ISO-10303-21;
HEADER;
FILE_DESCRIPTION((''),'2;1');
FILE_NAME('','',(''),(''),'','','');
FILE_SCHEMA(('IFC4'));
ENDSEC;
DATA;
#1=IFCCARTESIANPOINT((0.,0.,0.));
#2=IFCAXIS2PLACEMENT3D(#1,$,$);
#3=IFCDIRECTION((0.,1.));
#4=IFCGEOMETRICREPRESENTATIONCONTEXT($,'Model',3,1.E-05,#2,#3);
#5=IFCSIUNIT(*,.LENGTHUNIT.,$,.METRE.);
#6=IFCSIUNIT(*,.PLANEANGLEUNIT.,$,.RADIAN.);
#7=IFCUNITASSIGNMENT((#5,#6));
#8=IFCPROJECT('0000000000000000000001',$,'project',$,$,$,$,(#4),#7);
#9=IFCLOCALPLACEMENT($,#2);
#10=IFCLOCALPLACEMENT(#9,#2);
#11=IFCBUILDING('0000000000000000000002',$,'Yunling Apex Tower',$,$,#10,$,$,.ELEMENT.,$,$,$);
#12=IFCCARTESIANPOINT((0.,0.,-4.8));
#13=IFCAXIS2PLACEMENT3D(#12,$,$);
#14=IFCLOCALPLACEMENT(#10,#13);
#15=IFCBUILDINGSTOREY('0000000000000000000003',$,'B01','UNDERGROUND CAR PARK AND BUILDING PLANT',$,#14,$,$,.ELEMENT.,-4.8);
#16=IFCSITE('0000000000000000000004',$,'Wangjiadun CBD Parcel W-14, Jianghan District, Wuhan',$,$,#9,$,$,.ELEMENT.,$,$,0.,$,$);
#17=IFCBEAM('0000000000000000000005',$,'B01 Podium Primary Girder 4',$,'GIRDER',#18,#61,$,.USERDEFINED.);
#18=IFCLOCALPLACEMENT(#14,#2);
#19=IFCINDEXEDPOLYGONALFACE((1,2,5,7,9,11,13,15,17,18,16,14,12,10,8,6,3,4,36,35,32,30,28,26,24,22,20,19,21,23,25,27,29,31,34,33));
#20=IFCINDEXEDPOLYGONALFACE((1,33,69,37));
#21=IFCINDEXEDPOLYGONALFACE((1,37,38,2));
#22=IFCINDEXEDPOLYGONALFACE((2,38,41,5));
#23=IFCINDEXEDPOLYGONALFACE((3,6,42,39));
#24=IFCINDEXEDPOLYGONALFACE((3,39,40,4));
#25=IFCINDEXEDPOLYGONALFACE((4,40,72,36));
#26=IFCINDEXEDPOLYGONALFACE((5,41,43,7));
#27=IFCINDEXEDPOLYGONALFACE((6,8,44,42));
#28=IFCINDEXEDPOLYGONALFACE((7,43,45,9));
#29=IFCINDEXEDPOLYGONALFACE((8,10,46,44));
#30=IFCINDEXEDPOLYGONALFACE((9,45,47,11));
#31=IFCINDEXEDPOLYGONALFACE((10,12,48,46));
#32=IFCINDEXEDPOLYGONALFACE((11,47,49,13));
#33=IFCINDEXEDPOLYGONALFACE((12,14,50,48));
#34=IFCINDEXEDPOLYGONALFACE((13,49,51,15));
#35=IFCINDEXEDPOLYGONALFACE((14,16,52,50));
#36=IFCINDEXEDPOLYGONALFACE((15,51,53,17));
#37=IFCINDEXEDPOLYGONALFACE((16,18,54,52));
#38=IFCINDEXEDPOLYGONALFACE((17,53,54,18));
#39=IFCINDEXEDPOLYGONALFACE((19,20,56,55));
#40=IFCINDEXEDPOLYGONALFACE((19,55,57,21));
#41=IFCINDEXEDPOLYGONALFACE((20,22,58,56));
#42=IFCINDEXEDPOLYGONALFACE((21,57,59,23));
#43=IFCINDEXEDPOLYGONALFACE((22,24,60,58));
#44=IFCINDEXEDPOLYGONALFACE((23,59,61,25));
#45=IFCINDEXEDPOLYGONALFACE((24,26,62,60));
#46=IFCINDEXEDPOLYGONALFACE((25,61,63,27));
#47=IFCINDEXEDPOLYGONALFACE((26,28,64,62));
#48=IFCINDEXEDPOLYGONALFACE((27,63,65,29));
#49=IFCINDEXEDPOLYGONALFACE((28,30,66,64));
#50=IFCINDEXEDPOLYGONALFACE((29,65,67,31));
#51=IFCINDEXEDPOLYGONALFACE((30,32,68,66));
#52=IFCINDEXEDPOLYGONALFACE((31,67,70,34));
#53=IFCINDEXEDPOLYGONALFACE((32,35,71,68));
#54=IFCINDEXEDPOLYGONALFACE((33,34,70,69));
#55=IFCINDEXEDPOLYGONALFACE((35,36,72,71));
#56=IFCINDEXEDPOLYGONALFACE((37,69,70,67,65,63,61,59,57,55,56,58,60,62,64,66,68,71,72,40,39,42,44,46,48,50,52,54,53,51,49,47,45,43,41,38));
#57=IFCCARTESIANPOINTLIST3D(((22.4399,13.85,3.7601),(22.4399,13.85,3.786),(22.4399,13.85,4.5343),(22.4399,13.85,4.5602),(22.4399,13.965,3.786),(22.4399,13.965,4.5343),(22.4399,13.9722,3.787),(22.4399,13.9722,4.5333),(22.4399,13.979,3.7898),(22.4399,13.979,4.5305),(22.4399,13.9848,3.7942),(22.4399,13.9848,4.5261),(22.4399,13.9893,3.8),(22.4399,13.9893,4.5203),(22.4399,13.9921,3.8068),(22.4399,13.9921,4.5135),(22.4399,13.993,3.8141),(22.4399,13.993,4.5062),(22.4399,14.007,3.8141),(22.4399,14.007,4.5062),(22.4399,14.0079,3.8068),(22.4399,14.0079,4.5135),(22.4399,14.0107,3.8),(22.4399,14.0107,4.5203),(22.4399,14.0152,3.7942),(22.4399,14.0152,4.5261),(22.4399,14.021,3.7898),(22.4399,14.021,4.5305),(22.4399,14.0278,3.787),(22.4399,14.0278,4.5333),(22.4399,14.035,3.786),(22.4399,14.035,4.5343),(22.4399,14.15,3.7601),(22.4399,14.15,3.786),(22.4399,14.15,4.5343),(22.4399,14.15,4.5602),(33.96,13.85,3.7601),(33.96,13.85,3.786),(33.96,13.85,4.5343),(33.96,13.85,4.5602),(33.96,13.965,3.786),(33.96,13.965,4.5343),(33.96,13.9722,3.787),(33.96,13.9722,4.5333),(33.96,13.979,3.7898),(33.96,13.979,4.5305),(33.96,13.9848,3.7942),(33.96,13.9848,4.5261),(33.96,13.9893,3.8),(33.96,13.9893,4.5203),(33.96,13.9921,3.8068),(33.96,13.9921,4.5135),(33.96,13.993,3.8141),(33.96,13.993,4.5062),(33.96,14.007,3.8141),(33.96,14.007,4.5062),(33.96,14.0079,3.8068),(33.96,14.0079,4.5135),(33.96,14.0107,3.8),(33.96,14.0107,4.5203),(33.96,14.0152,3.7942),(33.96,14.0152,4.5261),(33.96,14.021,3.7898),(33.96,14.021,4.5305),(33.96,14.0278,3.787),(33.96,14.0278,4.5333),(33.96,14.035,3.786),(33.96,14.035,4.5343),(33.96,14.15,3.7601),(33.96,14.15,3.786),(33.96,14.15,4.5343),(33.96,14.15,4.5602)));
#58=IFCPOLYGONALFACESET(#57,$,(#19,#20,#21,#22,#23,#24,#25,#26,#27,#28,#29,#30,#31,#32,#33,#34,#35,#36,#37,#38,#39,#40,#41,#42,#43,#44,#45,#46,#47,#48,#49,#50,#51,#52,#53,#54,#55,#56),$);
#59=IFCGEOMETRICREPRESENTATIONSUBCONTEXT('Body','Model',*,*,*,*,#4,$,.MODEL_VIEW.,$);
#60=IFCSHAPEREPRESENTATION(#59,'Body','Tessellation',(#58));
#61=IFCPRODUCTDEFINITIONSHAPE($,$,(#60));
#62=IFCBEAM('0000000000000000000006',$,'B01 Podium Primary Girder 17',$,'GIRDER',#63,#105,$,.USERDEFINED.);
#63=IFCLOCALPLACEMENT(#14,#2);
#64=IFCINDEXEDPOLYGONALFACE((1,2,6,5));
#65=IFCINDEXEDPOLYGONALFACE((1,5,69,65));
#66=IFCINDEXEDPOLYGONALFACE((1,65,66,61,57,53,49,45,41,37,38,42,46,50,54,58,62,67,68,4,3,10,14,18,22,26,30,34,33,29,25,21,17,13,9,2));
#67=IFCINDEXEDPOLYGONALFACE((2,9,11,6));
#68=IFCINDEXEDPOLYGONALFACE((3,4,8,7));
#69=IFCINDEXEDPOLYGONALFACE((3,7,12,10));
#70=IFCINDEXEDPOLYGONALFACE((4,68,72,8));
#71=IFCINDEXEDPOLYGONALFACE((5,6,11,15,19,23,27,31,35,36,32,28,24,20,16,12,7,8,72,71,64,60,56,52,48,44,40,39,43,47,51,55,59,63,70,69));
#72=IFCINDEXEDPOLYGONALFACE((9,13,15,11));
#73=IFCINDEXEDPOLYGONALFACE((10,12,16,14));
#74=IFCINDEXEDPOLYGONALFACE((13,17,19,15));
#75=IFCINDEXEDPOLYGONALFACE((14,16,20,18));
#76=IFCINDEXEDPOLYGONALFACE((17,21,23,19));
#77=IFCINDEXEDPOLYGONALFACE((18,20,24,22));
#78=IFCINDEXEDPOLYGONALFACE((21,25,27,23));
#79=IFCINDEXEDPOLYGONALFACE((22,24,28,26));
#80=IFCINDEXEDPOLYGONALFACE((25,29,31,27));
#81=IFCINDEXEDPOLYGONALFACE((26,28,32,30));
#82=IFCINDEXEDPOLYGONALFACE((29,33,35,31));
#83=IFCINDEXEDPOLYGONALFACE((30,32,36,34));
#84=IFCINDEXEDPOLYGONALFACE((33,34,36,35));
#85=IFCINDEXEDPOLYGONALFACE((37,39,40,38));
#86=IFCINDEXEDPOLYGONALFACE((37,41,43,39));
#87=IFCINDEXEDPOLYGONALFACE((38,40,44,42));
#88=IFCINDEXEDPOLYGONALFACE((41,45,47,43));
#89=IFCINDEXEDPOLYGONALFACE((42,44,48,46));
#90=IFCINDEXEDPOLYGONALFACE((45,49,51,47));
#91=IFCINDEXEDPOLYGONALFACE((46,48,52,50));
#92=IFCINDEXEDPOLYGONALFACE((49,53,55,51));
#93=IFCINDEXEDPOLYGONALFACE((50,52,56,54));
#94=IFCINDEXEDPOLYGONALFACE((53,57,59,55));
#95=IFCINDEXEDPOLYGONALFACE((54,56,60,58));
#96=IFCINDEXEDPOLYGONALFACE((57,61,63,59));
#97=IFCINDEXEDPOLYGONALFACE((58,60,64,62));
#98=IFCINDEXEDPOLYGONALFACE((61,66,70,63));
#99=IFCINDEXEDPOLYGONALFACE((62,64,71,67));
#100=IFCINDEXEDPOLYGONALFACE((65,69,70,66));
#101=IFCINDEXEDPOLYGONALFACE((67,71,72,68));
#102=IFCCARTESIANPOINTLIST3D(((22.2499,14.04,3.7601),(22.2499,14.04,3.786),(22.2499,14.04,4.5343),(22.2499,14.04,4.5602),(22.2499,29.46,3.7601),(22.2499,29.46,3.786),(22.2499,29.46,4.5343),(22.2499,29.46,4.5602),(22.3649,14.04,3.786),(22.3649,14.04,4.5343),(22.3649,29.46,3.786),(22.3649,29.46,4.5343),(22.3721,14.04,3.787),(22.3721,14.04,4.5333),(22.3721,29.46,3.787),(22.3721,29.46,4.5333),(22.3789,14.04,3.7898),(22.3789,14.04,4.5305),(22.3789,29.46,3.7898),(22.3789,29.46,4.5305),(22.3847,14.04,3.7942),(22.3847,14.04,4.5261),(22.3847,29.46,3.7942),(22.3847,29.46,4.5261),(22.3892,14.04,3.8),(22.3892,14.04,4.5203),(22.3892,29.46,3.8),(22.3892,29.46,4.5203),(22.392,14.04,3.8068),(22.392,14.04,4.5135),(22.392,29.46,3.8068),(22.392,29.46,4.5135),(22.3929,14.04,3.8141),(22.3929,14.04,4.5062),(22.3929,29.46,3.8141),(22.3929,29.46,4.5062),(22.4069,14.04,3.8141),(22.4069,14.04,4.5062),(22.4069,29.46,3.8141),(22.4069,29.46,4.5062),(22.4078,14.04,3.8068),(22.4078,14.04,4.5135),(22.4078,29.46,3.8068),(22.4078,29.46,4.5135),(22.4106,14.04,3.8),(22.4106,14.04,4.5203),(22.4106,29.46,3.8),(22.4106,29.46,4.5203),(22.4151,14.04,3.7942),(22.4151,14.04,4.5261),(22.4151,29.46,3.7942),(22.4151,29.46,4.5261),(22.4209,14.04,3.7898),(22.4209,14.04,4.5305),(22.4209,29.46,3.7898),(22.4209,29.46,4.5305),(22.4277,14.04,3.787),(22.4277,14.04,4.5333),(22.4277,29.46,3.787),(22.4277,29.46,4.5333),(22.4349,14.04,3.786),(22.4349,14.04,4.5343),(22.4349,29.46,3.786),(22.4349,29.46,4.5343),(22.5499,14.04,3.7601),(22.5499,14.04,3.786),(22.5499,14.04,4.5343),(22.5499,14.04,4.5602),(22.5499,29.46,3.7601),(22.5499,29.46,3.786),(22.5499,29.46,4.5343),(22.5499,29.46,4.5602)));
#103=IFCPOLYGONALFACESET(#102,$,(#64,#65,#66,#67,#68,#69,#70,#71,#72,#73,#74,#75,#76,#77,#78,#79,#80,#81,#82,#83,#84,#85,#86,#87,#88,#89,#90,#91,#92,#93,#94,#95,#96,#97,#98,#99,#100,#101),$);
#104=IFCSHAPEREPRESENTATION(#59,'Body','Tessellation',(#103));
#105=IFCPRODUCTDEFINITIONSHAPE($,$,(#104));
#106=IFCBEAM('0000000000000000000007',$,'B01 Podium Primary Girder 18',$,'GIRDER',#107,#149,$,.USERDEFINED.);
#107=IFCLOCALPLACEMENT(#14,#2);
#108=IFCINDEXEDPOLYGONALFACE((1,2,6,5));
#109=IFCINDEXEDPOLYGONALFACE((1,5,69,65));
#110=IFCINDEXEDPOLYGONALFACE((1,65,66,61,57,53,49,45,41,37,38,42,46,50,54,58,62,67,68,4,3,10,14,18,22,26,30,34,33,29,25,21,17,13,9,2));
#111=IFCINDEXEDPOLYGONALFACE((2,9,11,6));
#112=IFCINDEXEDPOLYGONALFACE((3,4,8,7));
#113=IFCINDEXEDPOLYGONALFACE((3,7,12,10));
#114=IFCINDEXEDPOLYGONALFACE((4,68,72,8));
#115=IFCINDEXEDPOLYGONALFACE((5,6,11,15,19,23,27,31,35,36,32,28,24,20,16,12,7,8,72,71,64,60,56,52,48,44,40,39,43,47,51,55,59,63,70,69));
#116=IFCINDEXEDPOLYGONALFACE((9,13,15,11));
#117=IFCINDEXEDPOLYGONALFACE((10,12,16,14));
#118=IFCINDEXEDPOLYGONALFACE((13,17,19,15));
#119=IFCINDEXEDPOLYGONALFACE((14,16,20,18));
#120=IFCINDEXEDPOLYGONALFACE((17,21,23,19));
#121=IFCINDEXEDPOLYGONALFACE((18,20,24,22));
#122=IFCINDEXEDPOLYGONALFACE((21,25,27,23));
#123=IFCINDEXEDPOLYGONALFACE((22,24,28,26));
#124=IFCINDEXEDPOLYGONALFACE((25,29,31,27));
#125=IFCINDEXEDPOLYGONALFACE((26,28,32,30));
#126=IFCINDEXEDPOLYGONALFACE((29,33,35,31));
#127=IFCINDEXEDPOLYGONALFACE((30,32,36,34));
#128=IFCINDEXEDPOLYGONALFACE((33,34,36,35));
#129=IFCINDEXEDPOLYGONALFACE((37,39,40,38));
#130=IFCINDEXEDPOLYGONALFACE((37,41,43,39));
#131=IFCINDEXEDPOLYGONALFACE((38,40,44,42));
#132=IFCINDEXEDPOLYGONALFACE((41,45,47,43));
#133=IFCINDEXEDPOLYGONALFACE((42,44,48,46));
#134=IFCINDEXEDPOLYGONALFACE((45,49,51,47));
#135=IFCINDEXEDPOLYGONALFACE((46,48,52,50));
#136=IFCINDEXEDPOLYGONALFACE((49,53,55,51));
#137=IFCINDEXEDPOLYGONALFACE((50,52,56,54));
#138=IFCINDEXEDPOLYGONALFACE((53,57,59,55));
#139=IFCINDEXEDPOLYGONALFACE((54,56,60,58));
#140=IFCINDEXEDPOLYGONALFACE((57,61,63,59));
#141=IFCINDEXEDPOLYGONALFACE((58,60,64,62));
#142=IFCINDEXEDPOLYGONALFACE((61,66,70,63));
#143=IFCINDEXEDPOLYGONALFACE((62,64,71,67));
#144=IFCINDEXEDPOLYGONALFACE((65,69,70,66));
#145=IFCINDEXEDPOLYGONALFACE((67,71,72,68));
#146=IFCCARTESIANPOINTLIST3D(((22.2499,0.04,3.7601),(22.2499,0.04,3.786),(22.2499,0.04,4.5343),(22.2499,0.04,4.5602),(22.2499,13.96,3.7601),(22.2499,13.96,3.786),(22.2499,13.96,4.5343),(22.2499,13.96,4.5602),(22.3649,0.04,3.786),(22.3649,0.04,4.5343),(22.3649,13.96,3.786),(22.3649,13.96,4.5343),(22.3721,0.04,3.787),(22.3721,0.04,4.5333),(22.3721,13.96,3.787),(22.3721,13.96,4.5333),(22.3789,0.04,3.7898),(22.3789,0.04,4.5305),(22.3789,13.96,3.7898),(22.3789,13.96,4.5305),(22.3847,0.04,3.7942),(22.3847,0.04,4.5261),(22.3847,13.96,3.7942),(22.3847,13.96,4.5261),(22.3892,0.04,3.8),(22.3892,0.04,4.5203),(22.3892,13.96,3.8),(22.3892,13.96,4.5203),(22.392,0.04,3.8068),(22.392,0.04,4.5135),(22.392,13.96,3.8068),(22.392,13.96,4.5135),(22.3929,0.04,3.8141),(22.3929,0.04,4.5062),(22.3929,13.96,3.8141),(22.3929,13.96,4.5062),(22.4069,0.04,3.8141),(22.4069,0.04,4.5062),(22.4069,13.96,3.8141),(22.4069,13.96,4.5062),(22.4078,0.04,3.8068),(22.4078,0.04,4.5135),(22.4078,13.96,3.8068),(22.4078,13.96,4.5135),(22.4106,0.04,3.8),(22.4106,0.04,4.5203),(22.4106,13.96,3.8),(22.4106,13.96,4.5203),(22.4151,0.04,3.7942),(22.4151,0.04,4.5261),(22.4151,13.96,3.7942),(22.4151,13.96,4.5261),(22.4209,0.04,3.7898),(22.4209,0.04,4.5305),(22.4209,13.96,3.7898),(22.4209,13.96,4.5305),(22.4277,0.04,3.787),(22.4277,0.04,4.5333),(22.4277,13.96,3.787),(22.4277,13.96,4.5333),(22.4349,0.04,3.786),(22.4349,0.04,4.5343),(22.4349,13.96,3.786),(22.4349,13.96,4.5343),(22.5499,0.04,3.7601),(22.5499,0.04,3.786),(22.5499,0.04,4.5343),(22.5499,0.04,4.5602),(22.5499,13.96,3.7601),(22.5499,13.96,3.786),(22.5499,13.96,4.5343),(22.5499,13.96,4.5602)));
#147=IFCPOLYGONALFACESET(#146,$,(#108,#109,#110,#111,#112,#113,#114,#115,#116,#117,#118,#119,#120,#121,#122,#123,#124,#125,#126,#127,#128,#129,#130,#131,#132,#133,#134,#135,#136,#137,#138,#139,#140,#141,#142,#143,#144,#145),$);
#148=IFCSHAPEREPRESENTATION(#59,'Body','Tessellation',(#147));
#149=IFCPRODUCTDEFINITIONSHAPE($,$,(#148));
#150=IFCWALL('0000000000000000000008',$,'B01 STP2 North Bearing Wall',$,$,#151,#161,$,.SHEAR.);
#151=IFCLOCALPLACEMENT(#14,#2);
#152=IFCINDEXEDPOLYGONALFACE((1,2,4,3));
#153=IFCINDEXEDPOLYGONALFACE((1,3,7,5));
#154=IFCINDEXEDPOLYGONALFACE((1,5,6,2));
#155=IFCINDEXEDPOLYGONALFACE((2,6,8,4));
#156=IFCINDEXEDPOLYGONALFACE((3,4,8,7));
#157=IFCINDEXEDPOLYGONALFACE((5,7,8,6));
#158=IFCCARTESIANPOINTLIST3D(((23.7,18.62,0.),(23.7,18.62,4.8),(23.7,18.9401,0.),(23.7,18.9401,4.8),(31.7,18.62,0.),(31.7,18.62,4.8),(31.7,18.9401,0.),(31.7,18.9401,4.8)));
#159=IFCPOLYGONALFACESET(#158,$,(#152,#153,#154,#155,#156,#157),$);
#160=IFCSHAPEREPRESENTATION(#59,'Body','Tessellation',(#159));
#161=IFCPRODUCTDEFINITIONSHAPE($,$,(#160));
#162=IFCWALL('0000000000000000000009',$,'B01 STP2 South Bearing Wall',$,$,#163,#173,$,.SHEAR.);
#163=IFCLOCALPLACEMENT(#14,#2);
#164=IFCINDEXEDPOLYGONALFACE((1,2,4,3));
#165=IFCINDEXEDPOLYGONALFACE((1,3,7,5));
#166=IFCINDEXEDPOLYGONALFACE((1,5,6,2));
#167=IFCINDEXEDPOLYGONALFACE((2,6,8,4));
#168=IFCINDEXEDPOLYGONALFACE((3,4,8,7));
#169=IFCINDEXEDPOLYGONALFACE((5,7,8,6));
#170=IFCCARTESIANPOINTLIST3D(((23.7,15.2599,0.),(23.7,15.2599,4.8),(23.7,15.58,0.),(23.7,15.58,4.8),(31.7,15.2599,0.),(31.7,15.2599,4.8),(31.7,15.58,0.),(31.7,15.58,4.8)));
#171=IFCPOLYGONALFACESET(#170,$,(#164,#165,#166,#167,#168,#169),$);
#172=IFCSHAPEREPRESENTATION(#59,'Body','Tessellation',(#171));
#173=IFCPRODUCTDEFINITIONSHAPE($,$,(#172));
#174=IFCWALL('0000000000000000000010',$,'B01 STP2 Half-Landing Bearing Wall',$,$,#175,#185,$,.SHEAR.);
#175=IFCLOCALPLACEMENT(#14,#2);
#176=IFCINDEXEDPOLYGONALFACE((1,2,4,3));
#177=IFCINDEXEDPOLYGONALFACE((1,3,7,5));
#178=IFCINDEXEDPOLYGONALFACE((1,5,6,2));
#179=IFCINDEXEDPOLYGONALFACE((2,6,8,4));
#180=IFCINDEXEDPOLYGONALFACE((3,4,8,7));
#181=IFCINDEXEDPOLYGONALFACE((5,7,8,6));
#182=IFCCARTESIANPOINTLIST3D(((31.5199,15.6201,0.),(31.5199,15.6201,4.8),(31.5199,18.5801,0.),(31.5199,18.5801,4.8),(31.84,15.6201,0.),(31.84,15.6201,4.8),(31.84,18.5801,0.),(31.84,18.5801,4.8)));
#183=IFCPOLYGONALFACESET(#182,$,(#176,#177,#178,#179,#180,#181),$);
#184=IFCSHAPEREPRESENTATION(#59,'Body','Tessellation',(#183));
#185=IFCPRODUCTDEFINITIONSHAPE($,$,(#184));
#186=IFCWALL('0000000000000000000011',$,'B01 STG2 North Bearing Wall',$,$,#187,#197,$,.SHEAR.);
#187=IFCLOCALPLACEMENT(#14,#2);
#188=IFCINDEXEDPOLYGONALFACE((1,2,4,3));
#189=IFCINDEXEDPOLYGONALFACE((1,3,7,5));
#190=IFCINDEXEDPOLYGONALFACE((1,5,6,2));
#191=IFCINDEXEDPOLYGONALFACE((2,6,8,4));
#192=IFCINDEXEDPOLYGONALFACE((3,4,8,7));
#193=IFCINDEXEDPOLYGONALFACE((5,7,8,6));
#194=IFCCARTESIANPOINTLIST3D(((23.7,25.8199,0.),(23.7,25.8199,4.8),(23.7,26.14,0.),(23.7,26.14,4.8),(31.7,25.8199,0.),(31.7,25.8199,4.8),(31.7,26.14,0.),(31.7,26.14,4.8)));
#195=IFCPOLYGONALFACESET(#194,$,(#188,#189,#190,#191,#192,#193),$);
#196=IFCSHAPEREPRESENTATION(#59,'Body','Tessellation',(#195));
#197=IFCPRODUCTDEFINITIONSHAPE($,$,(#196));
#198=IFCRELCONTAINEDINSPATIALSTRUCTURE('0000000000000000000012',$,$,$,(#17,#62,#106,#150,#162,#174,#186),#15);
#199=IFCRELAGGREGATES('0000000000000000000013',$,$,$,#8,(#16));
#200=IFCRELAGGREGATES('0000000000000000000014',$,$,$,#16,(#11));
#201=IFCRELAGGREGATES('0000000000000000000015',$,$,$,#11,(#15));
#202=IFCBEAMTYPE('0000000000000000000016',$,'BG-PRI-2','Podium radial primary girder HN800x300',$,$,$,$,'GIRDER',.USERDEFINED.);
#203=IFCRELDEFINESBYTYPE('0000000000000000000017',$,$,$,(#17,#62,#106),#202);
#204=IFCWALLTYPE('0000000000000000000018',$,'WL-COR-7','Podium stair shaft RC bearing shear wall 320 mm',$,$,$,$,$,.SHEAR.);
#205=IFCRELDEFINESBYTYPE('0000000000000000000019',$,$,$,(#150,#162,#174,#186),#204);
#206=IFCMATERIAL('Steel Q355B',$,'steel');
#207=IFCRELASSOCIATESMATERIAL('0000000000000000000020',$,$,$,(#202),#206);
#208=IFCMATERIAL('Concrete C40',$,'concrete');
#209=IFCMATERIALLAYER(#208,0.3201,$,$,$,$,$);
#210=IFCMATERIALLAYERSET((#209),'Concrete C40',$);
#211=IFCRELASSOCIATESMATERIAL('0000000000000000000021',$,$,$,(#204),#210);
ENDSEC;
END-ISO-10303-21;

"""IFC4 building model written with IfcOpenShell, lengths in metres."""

from ifc_helpers import new_model, si_unit, direction, frame, frame_2d, origin, origin_2d, place, context, subcontext, project, spatial, rectangle, i_section, extrude, source, transform, mapped, material, layer, layer_set, material_profile, profile_set, type_object, element, save


model = new_model("IFC4")

# Units and contexts
model_context = context("Model", 3, precision=1e-05, world=origin(), true_north=direction((0.0, 1.0)))
body_context = subcontext(model_context, "Body", "Model", "MODEL_VIEW")
ifc_project = project(units=[si_unit("LENGTHUNIT", "METRE"), si_unit("PLANEANGLEUNIT", "RADIAN")], contexts=[model_context])

# Site, building, storey
site_placement = place(None, origin())
site = spatial("IfcSite", under=ifc_project, at=site_placement, Name="Wangjiadun CBD Parcel W-14, Jianghan District, Wuhan", CompositionType="ELEMENT", RefElevation=0.0)
building_placement = place(site_placement, origin())
building = spatial("IfcBuilding", under=site, at=building_placement, Name="Yunling Apex Tower", CompositionType="ELEMENT")
storey_placement = place(building_placement, frame((0.0, 0.0, -4.8)))
storey = spatial("IfcBuildingStorey", under=building, at=storey_placement, Name="B01", Description="UNDERGROUND CAR PARK AND BUILDING PLANT", CompositionType="ELEMENT", Elevation=-4.8)

# Beams
ifc_material_1 = material(Name="Steel Q355B", Category="steel")
ifc_material_profile_1 = material_profile(ifc_material_1, i_section(OverallWidth=0.3, OverallDepth=0.8, WebThickness=0.0139, FlangeThickness=0.0259, FilletRadius=0.0281, at=origin_2d()))
ifc_profile_set_1 = profile_set([ifc_material_profile_1], Name="Steel Q355B")
beam_type_1 = type_object("IfcBeamType", Name="BG-PRI-2", Description="Podium radial primary girder HN800x300", ElementType="GIRDER", PredefinedType="USERDEFINED", material=ifc_profile_set_1)
shared_shape_1 = source(origin(), body_context, "Body", "SweptSolid", [
    extrude(i_section(OverallWidth=0.3, OverallDepth=0.8, WebThickness=0.0139, FlangeThickness=0.0259, FilletRadius=0.0281, at=origin_2d()), origin(), (0.0, 0.0, 1.0), 11.52),
])
beam_1_placement = place(storey_placement, frame((22.4399, 14.0, 4.1602), z_axis=(1.0, 0.0, 0.0), x_axis=(0.0, 1.0, 0.0)))
element("IfcBeam", 1, at=beam_1_placement, inside=storey, type_object=beam_type_1, Name="B01 Podium Primary Girder 4", ObjectType="GIRDER", PredefinedType="USERDEFINED", context=body_context, shape_type="MappedRepresentation", body=[
    mapped(shared_shape_1, transform((0.0, 0.0, 0.0), scale=1.0)),
])
shared_shape_2 = source(origin(), body_context, "Body", "SweptSolid", [
    extrude(i_section(OverallWidth=0.3, OverallDepth=0.8, WebThickness=0.0139, FlangeThickness=0.0259, FilletRadius=0.0281, at=origin_2d()), origin(), (0.0, 0.0, 1.0), 15.4199),
])
beam_2_placement = place(storey_placement, frame((22.3999, 29.46, 4.1602), z_axis=(0.0, -1.0, 0.0), x_axis=(1.0, 0.0, 0.0)))
element("IfcBeam", 2, at=beam_2_placement, inside=storey, type_object=beam_type_1, Name="B01 Podium Primary Girder 17", ObjectType="GIRDER", PredefinedType="USERDEFINED", context=body_context, shape_type="MappedRepresentation", body=[
    mapped(shared_shape_2, transform((0.0, 0.0, 0.0), scale=1.0)),
])
shared_shape_3 = source(origin(), body_context, "Body", "SweptSolid", [
    extrude(i_section(OverallWidth=0.3, OverallDepth=0.8, WebThickness=0.0139, FlangeThickness=0.0259, FilletRadius=0.0281, at=origin_2d()), origin(), (0.0, 0.0, 1.0), 13.9199),
])
beam_3_placement = place(storey_placement, frame((22.3999, 13.96, 4.1602), z_axis=(0.0, -1.0, 0.0), x_axis=(1.0, 0.0, 0.0)))
element("IfcBeam", 3, at=beam_3_placement, inside=storey, type_object=beam_type_1, Name="B01 Podium Primary Girder 18", ObjectType="GIRDER", PredefinedType="USERDEFINED", context=body_context, shape_type="MappedRepresentation", body=[
    mapped(shared_shape_3, transform((0.0, 0.0, 0.0), scale=1.0)),
])

# Walls
ifc_material_2 = material(Name="Concrete C40", Category="concrete")
ifc_layer_1 = layer(ifc_material_2, 0.3201)
ifc_layer_set_1 = layer_set([ifc_layer_1], Name="Concrete C40")
wall_type_1 = type_object("IfcWallType", Name="WL-COR-7", Description="Podium stair shaft RC bearing shear wall 320 mm", PredefinedType="SHEAR", material=ifc_layer_set_1)
for number, where, z_axis, x_axis, name in (
    (4, (23.7, 18.78, 0.0), (0.0, 0.0, 1.0), (1.0, 0.0, 0.0), "B01 STP2 North Bearing Wall"),
    (5, (23.7, 15.4199, 0.0), (0.0, 0.0, 1.0), (1.0, 0.0, 0.0), "B01 STP2 South Bearing Wall"),
):
    element("IfcWall", number, at=place(storey_placement, frame(where, z_axis=z_axis, x_axis=x_axis)), inside=storey, type_object=wall_type_1, Name=name, PredefinedType="SHEAR", context=body_context, shape_type="SweptSolid", body=[
        extrude(rectangle(XDim=8.0, YDim=0.3201, at=frame_2d((4.0, 0.0))), origin(), (0.0, 0.0, 1.0), 4.8),
    ])
wall_1_placement = place(storey_placement, frame((31.6799, 15.6201, 0.0), z_axis=(0.0, 0.0, 1.0), x_axis=(0.0, 1.0, 0.0)))
element("IfcWall", 6, at=wall_1_placement, inside=storey, type_object=wall_type_1, Name="B01 STP2 Half-Landing Bearing Wall", PredefinedType="SHEAR", context=body_context, shape_type="SweptSolid", body=[
    extrude(rectangle(XDim=2.96, YDim=0.3201, at=frame_2d((1.48, 0.0))), origin(), (0.0, 0.0, 1.0), 4.8),
])
for number, where, z_axis, x_axis, name in (
    (7, (23.7, 25.98, 0.0), (0.0, 0.0, 1.0), (1.0, 0.0, 0.0), "B01 STG2 North Bearing Wall"),
):
    element("IfcWall", number, at=place(storey_placement, frame(where, z_axis=z_axis, x_axis=x_axis)), inside=storey, type_object=wall_type_1, Name=name, PredefinedType="SHEAR", context=body_context, shape_type="SweptSolid", body=[
        extrude(rectangle(XDim=8.0, YDim=0.3201, at=frame_2d((4.0, 0.0))), origin(), (0.0, 0.0, 1.0), 4.8),
    ])

save(model, "model.ifc")
